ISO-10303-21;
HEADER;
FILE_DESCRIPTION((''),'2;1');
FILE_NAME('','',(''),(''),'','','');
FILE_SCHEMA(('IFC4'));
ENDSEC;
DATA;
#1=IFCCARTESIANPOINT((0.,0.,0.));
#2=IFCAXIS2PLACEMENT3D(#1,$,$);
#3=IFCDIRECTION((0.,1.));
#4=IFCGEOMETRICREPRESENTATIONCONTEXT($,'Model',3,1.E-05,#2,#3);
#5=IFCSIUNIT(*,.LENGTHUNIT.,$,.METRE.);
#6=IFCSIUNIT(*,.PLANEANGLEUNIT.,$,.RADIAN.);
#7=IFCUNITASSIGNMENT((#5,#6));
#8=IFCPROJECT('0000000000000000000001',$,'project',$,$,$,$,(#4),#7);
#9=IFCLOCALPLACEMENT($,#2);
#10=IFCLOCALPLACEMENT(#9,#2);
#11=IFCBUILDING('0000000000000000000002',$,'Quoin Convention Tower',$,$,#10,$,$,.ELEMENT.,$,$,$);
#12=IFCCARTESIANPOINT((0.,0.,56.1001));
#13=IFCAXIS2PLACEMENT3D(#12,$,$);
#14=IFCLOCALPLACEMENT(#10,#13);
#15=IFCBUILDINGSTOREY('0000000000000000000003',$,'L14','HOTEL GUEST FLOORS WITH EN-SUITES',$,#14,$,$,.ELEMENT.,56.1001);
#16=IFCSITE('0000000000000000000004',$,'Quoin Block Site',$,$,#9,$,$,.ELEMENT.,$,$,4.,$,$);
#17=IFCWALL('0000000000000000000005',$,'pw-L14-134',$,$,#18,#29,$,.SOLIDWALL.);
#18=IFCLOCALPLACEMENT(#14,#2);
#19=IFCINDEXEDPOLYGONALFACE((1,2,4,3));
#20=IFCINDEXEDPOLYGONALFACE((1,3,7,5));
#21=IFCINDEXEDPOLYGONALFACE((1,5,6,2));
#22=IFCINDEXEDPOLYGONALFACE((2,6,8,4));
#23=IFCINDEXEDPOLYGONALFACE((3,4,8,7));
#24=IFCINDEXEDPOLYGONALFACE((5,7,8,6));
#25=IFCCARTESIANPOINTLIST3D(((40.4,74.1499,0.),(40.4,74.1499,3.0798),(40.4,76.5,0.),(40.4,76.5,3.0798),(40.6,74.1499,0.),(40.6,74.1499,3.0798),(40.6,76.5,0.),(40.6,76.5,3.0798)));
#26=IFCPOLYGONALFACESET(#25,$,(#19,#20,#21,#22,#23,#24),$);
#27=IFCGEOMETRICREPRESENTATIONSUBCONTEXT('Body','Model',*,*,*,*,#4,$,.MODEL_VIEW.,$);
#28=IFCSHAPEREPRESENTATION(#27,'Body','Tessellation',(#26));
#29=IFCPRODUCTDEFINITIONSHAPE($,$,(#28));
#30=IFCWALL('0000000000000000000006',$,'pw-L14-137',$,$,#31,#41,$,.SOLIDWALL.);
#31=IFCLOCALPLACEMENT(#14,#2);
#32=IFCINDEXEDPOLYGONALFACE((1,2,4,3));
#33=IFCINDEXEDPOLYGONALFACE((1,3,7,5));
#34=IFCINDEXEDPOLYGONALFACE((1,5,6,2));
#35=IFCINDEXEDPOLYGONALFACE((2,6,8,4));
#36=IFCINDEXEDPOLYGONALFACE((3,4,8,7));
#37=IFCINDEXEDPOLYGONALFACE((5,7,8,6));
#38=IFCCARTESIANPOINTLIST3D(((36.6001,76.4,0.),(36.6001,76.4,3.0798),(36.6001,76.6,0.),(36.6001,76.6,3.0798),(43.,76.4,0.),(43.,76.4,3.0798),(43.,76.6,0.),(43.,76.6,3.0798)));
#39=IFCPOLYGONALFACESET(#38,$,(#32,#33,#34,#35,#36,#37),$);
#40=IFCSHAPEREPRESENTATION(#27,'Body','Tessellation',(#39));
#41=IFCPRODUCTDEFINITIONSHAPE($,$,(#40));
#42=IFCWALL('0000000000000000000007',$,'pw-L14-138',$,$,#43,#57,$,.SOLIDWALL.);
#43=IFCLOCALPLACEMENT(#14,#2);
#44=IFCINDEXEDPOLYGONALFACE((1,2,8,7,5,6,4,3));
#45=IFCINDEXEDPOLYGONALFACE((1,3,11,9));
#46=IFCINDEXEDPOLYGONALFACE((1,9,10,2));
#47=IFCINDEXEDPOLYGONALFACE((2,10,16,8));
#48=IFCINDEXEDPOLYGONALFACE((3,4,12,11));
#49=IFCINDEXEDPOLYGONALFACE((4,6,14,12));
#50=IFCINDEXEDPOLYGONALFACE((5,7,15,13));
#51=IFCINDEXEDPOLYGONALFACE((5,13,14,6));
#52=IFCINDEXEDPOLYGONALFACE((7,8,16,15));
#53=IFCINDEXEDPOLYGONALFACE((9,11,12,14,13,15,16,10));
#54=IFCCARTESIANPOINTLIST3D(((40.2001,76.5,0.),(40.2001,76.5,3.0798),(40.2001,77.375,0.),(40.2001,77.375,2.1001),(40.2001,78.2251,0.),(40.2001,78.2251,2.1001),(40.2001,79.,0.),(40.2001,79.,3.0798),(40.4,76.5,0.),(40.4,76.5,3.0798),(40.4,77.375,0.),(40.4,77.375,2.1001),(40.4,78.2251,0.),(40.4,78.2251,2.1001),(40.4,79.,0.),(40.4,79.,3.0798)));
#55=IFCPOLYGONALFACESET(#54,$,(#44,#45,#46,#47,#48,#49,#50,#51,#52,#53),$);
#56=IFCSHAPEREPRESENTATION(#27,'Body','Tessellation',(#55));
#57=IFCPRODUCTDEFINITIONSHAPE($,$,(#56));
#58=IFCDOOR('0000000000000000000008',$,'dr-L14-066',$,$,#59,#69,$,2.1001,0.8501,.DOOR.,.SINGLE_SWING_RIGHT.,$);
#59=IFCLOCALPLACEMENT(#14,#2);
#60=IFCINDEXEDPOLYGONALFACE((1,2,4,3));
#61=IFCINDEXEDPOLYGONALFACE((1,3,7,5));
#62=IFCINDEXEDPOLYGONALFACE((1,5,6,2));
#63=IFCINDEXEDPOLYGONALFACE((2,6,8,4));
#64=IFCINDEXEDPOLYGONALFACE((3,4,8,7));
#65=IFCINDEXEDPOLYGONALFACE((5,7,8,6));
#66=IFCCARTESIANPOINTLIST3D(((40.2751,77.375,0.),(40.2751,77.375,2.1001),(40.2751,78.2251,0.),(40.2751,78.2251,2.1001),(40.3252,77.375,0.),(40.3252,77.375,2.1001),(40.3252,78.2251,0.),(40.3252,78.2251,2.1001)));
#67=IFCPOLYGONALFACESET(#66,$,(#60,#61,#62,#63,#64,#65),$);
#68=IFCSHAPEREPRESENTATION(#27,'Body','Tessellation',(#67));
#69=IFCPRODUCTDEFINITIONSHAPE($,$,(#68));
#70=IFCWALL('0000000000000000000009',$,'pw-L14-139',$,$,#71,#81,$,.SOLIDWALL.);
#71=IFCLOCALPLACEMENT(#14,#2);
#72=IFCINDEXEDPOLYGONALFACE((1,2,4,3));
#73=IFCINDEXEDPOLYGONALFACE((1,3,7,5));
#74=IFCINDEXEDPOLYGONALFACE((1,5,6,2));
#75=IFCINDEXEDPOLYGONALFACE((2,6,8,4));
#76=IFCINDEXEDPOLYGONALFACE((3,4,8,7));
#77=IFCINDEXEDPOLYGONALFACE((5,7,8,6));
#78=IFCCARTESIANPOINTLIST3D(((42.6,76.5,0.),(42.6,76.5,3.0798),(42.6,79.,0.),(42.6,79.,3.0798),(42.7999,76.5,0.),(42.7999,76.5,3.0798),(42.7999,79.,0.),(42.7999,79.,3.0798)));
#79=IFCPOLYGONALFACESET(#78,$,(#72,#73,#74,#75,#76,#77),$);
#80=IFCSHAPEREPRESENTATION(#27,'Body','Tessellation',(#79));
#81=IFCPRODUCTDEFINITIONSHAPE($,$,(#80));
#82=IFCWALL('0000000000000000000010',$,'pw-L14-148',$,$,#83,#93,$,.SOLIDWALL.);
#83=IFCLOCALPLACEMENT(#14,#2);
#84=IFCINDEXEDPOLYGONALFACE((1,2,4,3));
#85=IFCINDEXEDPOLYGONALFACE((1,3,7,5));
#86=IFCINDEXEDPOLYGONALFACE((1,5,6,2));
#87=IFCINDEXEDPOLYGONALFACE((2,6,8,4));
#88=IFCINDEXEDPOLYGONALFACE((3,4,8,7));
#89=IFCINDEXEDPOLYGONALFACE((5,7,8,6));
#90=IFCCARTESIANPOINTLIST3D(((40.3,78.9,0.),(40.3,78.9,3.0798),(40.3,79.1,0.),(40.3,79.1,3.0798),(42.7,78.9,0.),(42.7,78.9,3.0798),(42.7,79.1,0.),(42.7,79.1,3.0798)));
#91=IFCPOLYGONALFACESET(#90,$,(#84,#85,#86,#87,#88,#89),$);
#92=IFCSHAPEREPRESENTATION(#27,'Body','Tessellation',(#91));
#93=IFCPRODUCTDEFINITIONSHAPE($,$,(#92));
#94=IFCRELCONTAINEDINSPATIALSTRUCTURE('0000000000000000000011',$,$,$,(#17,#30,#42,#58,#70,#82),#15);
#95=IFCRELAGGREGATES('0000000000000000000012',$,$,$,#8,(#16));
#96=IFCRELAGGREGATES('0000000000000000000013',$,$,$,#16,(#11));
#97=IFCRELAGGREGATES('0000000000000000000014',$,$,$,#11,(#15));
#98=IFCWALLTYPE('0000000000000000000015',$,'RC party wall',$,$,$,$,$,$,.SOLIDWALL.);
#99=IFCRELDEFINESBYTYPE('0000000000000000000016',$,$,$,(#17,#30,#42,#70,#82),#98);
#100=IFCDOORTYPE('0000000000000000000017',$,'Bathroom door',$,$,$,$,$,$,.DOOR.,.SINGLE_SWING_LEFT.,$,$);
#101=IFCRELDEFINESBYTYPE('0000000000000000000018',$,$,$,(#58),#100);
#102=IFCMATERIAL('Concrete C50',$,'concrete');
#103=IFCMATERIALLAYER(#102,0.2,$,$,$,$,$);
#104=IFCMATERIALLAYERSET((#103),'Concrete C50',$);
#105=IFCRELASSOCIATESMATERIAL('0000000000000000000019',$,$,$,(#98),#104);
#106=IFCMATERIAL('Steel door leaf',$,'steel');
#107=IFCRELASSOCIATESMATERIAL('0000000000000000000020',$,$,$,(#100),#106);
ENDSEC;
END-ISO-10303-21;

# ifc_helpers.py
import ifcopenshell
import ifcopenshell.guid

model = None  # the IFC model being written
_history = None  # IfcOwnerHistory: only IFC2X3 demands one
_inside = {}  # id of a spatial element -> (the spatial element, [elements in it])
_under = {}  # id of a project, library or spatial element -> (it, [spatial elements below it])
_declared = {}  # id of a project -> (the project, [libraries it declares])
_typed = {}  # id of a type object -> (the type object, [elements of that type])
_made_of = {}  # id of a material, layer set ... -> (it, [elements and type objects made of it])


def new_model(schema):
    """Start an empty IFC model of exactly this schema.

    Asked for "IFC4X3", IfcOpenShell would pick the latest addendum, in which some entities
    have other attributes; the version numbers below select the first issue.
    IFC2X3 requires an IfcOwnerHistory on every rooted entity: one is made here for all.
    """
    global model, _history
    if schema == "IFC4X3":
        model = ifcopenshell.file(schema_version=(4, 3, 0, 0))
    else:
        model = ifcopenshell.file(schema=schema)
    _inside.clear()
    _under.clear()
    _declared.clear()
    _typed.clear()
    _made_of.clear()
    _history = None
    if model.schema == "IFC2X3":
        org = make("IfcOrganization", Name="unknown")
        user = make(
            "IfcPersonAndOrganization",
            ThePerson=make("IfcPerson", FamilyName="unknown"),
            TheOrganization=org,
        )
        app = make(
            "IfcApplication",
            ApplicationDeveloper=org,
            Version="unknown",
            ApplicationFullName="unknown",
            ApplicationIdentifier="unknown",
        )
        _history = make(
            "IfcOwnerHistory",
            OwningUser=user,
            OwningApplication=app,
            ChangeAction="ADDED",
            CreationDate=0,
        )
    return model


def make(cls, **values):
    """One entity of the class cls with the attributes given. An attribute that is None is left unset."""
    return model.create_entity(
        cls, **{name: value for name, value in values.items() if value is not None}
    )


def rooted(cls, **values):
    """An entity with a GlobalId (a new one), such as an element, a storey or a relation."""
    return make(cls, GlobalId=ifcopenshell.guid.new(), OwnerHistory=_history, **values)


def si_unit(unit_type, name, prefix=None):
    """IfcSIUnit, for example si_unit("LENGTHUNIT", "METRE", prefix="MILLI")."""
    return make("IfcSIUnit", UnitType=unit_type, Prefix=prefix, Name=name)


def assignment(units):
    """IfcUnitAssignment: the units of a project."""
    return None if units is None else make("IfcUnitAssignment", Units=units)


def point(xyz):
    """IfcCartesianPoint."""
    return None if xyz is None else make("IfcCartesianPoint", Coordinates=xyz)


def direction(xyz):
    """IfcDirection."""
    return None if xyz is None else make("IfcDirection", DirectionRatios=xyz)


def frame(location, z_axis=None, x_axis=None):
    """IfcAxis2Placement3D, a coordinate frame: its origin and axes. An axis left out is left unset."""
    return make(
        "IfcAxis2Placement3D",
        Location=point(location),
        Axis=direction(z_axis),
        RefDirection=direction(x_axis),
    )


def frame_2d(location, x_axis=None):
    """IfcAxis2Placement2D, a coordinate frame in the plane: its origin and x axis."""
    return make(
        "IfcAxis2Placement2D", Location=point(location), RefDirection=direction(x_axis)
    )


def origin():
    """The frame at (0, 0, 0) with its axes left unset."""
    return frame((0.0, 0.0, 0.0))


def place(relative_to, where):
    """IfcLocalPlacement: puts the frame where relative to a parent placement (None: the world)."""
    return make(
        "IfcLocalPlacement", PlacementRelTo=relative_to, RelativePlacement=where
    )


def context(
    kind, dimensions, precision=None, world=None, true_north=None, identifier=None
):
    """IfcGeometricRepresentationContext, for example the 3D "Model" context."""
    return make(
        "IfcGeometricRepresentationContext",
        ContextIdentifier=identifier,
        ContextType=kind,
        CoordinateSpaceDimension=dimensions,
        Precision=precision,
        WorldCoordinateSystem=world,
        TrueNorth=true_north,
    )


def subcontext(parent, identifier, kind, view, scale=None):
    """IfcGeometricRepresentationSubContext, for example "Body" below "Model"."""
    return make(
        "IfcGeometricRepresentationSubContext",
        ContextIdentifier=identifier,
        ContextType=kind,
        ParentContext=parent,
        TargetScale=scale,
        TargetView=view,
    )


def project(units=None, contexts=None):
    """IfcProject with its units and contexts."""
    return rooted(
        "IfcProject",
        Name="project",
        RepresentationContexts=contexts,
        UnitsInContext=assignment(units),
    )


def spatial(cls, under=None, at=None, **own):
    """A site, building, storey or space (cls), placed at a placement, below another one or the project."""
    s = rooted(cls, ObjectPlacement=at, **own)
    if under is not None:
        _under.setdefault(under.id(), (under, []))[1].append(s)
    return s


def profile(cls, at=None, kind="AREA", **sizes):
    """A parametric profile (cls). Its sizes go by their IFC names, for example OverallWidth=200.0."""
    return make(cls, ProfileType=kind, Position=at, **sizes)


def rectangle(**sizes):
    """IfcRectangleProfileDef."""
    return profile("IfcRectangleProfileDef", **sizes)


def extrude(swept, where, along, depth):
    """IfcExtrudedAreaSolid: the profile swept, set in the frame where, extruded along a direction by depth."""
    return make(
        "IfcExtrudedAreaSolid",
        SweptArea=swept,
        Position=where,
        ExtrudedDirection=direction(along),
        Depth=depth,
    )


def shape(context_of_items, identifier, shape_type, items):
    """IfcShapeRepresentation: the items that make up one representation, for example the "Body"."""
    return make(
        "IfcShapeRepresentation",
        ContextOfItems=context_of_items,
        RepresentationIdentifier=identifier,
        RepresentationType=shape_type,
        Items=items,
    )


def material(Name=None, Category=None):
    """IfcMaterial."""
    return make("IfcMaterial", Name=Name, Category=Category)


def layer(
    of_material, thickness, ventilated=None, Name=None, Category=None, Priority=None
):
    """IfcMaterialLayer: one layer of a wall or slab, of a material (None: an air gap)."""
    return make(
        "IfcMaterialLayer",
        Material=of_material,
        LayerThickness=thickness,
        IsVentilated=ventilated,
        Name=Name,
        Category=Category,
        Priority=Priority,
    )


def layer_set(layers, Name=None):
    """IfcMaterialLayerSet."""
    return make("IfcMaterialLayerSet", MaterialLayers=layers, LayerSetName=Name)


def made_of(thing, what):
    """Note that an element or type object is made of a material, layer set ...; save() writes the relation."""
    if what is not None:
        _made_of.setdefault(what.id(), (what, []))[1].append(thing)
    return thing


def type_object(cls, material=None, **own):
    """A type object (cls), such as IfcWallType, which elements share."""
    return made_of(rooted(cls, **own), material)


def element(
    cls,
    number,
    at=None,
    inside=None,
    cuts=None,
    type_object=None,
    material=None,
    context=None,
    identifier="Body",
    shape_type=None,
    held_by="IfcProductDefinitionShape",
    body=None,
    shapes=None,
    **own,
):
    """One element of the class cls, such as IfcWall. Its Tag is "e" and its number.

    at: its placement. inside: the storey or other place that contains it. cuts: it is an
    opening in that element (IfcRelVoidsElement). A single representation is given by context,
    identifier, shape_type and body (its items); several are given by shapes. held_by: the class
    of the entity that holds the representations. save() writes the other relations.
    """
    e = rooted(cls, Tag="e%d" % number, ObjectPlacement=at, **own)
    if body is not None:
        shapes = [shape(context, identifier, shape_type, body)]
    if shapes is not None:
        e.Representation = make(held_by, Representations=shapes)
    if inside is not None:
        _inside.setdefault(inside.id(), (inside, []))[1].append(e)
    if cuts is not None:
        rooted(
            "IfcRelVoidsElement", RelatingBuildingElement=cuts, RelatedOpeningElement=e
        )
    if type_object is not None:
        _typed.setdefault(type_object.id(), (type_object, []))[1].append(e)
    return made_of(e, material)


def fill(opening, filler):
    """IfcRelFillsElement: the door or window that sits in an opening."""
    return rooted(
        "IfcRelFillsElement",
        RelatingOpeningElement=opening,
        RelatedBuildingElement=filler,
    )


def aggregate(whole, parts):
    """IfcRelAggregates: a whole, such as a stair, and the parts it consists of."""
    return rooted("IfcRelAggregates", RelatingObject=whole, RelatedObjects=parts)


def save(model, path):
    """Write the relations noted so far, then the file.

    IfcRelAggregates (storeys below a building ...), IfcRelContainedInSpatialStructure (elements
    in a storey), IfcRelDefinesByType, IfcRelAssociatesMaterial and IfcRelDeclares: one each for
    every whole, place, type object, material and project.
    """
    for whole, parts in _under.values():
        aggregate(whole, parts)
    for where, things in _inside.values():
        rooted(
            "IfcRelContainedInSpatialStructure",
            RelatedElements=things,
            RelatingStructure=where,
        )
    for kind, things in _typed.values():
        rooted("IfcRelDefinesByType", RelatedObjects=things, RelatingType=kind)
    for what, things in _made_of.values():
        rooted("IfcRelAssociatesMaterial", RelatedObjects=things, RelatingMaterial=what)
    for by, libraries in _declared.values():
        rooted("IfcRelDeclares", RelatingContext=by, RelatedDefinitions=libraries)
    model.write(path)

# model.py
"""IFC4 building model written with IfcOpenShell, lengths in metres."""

from ifc_helpers import new_model, si_unit, direction, frame, frame_2d, origin, place, context, subcontext, project, spatial, rectangle, extrude, material, layer, layer_set, type_object, element, fill, save


model = new_model("IFC4")

# Units and contexts
model_context = context("Model", 3, precision=1e-05, world=origin(), true_north=direction((0.0, 1.0)))
body_context = subcontext(model_context, "Body", "Model", "MODEL_VIEW")
ifc_project = project(units=[si_unit("LENGTHUNIT", "METRE"), si_unit("PLANEANGLEUNIT", "RADIAN")], contexts=[model_context])

# Site, building, storey
site_placement = place(None, origin())
site = spatial("IfcSite", under=ifc_project, at=site_placement, Name="Quoin Block Site", CompositionType="ELEMENT", RefElevation=4.0)
building_placement = place(site_placement, origin())
building = spatial("IfcBuilding", under=site, at=building_placement, Name="Quoin Convention Tower", CompositionType="ELEMENT")
storey_placement = place(building_placement, frame((0.0, 0.0, 56.1001)))
storey = spatial("IfcBuildingStorey", under=building, at=storey_placement, Name="L14", Description="HOTEL GUEST FLOORS WITH EN-SUITES", CompositionType="ELEMENT", Elevation=56.1001)

# Shared definitions
ifc_material_1 = material(Name="Concrete C50", Category="concrete")
ifc_layer_1 = layer(ifc_material_1, 0.2)
ifc_layer_set_1 = layer_set([ifc_layer_1], Name="Concrete C50")
wall_type_1 = type_object("IfcWallType", Name="RC party wall", PredefinedType="SOLIDWALL", material=ifc_layer_set_1)

# Shared definitions
ifc_material_2 = material(Name="Steel door leaf", Category="steel")
door_type = type_object("IfcDoorType", Name="Bathroom door", OperationType="SINGLE_SWING_LEFT", PredefinedType="DOOR", material=ifc_material_2)

# Walls
wall_1_placement = place(storey_placement, frame((40.5, 74.1499, 0.0), z_axis=(0.0, 0.0, 1.0), x_axis=(0.0, 1.0, 0.0)))
element("IfcWall", 1, at=wall_1_placement, inside=storey, type_object=wall_type_1, Name="pw-L14-134", PredefinedType="SOLIDWALL", context=body_context, shape_type="SweptSolid", body=[
    extrude(rectangle(XDim=2.3501, YDim=0.2, at=frame_2d((1.175, 0.0))), origin(), (0.0, 0.0, 1.0), 3.0798),
])
wall_2_placement = place(storey_placement, frame((36.6001, 76.5, 0.0), z_axis=(0.0, 0.0, 1.0), x_axis=(1.0, 0.0, 0.0)))
element("IfcWall", 2, at=wall_2_placement, inside=storey, type_object=wall_type_1, Name="pw-L14-137", PredefinedType="SOLIDWALL", context=body_context, shape_type="SweptSolid", body=[
    extrude(rectangle(XDim=6.3999, YDim=0.2, at=frame_2d((3.2, 0.0))), origin(), (0.0, 0.0, 1.0), 3.0798),
])

# Wall, opening, door
wall_3_placement = place(storey_placement, frame((40.3, 76.5, 0.0), z_axis=(0.0, 0.0, 1.0), x_axis=(0.0, 1.0, 0.0)))
wall_3 = element("IfcWall", 3, at=wall_3_placement, inside=storey, type_object=wall_type_1, Name="pw-L14-138", PredefinedType="SOLIDWALL", context=body_context, shape_type="SweptSolid", body=[
    extrude(rectangle(XDim=2.5, YDim=0.2, at=frame_2d((1.25, 0.0))), origin(), (0.0, 0.0, 1.0), 3.0798),
])
opening_1_placement = place(wall_3_placement, frame((0.875, 0.0, 0.0)))
opening_1 = element("IfcOpeningElement", 4, at=opening_1_placement, cuts=wall_3, PredefinedType="OPENING", context=body_context, shape_type="SweptSolid", body=[
    extrude(rectangle(XDim=0.8501, YDim=2.1001, at=frame_2d((0.425, 1.05))), frame((0.0, 0.1099, 0.0), z_axis=(0.0, -1.0, 0.0), x_axis=(1.0, 0.0, 0.0)), (0.0, 0.0, 1.0), 0.22),
])
door_1_placement = place(opening_1_placement, origin())
door_1 = element("IfcDoor", 5, at=door_1_placement, inside=storey, type_object=door_type, Name="dr-L14-066", OperationType="SINGLE_SWING_RIGHT", OverallHeight=2.1001, OverallWidth=0.8501, PredefinedType="DOOR", context=body_context, shape_type="SweptSolid", body=[
    extrude(rectangle(XDim=0.8501, YDim=2.1001, at=frame_2d((0.425, 1.05))), frame((0.0, 0.0249, 0.0), z_axis=(0.0, -1.0, 0.0), x_axis=(1.0, 0.0, 0.0)), (0.0, 0.0, 1.0), 0.05),
])
fill(opening_1, door_1)

# Walls
wall_4_placement = place(storey_placement, frame((42.7, 76.5, 0.0), z_axis=(0.0, 0.0, 1.0), x_axis=(0.0, 1.0, 0.0)))
element("IfcWall", 6, at=wall_4_placement, inside=storey, type_object=wall_type_1, Name="pw-L14-139", PredefinedType="SOLIDWALL", context=body_context, shape_type="SweptSolid", body=[
    extrude(rectangle(XDim=2.5, YDim=0.2, at=frame_2d((1.25, 0.0))), origin(), (0.0, 0.0, 1.0), 3.0798),
])
wall_5_placement = place(storey_placement, frame((40.3, 79.0, 0.0), z_axis=(0.0, 0.0, 1.0), x_axis=(1.0, 0.0, 0.0)))
element("IfcWall", 7, at=wall_5_placement, inside=storey, type_object=wall_type_1, Name="pw-L14-148", PredefinedType="SOLIDWALL", context=body_context, shape_type="SweptSolid", body=[
    extrude(rectangle(XDim=2.3999, YDim=0.2, at=frame_2d((1.2, 0.0))), origin(), (0.0, 0.0, 1.0), 3.0798),
])

save(model, "model.ifc")
